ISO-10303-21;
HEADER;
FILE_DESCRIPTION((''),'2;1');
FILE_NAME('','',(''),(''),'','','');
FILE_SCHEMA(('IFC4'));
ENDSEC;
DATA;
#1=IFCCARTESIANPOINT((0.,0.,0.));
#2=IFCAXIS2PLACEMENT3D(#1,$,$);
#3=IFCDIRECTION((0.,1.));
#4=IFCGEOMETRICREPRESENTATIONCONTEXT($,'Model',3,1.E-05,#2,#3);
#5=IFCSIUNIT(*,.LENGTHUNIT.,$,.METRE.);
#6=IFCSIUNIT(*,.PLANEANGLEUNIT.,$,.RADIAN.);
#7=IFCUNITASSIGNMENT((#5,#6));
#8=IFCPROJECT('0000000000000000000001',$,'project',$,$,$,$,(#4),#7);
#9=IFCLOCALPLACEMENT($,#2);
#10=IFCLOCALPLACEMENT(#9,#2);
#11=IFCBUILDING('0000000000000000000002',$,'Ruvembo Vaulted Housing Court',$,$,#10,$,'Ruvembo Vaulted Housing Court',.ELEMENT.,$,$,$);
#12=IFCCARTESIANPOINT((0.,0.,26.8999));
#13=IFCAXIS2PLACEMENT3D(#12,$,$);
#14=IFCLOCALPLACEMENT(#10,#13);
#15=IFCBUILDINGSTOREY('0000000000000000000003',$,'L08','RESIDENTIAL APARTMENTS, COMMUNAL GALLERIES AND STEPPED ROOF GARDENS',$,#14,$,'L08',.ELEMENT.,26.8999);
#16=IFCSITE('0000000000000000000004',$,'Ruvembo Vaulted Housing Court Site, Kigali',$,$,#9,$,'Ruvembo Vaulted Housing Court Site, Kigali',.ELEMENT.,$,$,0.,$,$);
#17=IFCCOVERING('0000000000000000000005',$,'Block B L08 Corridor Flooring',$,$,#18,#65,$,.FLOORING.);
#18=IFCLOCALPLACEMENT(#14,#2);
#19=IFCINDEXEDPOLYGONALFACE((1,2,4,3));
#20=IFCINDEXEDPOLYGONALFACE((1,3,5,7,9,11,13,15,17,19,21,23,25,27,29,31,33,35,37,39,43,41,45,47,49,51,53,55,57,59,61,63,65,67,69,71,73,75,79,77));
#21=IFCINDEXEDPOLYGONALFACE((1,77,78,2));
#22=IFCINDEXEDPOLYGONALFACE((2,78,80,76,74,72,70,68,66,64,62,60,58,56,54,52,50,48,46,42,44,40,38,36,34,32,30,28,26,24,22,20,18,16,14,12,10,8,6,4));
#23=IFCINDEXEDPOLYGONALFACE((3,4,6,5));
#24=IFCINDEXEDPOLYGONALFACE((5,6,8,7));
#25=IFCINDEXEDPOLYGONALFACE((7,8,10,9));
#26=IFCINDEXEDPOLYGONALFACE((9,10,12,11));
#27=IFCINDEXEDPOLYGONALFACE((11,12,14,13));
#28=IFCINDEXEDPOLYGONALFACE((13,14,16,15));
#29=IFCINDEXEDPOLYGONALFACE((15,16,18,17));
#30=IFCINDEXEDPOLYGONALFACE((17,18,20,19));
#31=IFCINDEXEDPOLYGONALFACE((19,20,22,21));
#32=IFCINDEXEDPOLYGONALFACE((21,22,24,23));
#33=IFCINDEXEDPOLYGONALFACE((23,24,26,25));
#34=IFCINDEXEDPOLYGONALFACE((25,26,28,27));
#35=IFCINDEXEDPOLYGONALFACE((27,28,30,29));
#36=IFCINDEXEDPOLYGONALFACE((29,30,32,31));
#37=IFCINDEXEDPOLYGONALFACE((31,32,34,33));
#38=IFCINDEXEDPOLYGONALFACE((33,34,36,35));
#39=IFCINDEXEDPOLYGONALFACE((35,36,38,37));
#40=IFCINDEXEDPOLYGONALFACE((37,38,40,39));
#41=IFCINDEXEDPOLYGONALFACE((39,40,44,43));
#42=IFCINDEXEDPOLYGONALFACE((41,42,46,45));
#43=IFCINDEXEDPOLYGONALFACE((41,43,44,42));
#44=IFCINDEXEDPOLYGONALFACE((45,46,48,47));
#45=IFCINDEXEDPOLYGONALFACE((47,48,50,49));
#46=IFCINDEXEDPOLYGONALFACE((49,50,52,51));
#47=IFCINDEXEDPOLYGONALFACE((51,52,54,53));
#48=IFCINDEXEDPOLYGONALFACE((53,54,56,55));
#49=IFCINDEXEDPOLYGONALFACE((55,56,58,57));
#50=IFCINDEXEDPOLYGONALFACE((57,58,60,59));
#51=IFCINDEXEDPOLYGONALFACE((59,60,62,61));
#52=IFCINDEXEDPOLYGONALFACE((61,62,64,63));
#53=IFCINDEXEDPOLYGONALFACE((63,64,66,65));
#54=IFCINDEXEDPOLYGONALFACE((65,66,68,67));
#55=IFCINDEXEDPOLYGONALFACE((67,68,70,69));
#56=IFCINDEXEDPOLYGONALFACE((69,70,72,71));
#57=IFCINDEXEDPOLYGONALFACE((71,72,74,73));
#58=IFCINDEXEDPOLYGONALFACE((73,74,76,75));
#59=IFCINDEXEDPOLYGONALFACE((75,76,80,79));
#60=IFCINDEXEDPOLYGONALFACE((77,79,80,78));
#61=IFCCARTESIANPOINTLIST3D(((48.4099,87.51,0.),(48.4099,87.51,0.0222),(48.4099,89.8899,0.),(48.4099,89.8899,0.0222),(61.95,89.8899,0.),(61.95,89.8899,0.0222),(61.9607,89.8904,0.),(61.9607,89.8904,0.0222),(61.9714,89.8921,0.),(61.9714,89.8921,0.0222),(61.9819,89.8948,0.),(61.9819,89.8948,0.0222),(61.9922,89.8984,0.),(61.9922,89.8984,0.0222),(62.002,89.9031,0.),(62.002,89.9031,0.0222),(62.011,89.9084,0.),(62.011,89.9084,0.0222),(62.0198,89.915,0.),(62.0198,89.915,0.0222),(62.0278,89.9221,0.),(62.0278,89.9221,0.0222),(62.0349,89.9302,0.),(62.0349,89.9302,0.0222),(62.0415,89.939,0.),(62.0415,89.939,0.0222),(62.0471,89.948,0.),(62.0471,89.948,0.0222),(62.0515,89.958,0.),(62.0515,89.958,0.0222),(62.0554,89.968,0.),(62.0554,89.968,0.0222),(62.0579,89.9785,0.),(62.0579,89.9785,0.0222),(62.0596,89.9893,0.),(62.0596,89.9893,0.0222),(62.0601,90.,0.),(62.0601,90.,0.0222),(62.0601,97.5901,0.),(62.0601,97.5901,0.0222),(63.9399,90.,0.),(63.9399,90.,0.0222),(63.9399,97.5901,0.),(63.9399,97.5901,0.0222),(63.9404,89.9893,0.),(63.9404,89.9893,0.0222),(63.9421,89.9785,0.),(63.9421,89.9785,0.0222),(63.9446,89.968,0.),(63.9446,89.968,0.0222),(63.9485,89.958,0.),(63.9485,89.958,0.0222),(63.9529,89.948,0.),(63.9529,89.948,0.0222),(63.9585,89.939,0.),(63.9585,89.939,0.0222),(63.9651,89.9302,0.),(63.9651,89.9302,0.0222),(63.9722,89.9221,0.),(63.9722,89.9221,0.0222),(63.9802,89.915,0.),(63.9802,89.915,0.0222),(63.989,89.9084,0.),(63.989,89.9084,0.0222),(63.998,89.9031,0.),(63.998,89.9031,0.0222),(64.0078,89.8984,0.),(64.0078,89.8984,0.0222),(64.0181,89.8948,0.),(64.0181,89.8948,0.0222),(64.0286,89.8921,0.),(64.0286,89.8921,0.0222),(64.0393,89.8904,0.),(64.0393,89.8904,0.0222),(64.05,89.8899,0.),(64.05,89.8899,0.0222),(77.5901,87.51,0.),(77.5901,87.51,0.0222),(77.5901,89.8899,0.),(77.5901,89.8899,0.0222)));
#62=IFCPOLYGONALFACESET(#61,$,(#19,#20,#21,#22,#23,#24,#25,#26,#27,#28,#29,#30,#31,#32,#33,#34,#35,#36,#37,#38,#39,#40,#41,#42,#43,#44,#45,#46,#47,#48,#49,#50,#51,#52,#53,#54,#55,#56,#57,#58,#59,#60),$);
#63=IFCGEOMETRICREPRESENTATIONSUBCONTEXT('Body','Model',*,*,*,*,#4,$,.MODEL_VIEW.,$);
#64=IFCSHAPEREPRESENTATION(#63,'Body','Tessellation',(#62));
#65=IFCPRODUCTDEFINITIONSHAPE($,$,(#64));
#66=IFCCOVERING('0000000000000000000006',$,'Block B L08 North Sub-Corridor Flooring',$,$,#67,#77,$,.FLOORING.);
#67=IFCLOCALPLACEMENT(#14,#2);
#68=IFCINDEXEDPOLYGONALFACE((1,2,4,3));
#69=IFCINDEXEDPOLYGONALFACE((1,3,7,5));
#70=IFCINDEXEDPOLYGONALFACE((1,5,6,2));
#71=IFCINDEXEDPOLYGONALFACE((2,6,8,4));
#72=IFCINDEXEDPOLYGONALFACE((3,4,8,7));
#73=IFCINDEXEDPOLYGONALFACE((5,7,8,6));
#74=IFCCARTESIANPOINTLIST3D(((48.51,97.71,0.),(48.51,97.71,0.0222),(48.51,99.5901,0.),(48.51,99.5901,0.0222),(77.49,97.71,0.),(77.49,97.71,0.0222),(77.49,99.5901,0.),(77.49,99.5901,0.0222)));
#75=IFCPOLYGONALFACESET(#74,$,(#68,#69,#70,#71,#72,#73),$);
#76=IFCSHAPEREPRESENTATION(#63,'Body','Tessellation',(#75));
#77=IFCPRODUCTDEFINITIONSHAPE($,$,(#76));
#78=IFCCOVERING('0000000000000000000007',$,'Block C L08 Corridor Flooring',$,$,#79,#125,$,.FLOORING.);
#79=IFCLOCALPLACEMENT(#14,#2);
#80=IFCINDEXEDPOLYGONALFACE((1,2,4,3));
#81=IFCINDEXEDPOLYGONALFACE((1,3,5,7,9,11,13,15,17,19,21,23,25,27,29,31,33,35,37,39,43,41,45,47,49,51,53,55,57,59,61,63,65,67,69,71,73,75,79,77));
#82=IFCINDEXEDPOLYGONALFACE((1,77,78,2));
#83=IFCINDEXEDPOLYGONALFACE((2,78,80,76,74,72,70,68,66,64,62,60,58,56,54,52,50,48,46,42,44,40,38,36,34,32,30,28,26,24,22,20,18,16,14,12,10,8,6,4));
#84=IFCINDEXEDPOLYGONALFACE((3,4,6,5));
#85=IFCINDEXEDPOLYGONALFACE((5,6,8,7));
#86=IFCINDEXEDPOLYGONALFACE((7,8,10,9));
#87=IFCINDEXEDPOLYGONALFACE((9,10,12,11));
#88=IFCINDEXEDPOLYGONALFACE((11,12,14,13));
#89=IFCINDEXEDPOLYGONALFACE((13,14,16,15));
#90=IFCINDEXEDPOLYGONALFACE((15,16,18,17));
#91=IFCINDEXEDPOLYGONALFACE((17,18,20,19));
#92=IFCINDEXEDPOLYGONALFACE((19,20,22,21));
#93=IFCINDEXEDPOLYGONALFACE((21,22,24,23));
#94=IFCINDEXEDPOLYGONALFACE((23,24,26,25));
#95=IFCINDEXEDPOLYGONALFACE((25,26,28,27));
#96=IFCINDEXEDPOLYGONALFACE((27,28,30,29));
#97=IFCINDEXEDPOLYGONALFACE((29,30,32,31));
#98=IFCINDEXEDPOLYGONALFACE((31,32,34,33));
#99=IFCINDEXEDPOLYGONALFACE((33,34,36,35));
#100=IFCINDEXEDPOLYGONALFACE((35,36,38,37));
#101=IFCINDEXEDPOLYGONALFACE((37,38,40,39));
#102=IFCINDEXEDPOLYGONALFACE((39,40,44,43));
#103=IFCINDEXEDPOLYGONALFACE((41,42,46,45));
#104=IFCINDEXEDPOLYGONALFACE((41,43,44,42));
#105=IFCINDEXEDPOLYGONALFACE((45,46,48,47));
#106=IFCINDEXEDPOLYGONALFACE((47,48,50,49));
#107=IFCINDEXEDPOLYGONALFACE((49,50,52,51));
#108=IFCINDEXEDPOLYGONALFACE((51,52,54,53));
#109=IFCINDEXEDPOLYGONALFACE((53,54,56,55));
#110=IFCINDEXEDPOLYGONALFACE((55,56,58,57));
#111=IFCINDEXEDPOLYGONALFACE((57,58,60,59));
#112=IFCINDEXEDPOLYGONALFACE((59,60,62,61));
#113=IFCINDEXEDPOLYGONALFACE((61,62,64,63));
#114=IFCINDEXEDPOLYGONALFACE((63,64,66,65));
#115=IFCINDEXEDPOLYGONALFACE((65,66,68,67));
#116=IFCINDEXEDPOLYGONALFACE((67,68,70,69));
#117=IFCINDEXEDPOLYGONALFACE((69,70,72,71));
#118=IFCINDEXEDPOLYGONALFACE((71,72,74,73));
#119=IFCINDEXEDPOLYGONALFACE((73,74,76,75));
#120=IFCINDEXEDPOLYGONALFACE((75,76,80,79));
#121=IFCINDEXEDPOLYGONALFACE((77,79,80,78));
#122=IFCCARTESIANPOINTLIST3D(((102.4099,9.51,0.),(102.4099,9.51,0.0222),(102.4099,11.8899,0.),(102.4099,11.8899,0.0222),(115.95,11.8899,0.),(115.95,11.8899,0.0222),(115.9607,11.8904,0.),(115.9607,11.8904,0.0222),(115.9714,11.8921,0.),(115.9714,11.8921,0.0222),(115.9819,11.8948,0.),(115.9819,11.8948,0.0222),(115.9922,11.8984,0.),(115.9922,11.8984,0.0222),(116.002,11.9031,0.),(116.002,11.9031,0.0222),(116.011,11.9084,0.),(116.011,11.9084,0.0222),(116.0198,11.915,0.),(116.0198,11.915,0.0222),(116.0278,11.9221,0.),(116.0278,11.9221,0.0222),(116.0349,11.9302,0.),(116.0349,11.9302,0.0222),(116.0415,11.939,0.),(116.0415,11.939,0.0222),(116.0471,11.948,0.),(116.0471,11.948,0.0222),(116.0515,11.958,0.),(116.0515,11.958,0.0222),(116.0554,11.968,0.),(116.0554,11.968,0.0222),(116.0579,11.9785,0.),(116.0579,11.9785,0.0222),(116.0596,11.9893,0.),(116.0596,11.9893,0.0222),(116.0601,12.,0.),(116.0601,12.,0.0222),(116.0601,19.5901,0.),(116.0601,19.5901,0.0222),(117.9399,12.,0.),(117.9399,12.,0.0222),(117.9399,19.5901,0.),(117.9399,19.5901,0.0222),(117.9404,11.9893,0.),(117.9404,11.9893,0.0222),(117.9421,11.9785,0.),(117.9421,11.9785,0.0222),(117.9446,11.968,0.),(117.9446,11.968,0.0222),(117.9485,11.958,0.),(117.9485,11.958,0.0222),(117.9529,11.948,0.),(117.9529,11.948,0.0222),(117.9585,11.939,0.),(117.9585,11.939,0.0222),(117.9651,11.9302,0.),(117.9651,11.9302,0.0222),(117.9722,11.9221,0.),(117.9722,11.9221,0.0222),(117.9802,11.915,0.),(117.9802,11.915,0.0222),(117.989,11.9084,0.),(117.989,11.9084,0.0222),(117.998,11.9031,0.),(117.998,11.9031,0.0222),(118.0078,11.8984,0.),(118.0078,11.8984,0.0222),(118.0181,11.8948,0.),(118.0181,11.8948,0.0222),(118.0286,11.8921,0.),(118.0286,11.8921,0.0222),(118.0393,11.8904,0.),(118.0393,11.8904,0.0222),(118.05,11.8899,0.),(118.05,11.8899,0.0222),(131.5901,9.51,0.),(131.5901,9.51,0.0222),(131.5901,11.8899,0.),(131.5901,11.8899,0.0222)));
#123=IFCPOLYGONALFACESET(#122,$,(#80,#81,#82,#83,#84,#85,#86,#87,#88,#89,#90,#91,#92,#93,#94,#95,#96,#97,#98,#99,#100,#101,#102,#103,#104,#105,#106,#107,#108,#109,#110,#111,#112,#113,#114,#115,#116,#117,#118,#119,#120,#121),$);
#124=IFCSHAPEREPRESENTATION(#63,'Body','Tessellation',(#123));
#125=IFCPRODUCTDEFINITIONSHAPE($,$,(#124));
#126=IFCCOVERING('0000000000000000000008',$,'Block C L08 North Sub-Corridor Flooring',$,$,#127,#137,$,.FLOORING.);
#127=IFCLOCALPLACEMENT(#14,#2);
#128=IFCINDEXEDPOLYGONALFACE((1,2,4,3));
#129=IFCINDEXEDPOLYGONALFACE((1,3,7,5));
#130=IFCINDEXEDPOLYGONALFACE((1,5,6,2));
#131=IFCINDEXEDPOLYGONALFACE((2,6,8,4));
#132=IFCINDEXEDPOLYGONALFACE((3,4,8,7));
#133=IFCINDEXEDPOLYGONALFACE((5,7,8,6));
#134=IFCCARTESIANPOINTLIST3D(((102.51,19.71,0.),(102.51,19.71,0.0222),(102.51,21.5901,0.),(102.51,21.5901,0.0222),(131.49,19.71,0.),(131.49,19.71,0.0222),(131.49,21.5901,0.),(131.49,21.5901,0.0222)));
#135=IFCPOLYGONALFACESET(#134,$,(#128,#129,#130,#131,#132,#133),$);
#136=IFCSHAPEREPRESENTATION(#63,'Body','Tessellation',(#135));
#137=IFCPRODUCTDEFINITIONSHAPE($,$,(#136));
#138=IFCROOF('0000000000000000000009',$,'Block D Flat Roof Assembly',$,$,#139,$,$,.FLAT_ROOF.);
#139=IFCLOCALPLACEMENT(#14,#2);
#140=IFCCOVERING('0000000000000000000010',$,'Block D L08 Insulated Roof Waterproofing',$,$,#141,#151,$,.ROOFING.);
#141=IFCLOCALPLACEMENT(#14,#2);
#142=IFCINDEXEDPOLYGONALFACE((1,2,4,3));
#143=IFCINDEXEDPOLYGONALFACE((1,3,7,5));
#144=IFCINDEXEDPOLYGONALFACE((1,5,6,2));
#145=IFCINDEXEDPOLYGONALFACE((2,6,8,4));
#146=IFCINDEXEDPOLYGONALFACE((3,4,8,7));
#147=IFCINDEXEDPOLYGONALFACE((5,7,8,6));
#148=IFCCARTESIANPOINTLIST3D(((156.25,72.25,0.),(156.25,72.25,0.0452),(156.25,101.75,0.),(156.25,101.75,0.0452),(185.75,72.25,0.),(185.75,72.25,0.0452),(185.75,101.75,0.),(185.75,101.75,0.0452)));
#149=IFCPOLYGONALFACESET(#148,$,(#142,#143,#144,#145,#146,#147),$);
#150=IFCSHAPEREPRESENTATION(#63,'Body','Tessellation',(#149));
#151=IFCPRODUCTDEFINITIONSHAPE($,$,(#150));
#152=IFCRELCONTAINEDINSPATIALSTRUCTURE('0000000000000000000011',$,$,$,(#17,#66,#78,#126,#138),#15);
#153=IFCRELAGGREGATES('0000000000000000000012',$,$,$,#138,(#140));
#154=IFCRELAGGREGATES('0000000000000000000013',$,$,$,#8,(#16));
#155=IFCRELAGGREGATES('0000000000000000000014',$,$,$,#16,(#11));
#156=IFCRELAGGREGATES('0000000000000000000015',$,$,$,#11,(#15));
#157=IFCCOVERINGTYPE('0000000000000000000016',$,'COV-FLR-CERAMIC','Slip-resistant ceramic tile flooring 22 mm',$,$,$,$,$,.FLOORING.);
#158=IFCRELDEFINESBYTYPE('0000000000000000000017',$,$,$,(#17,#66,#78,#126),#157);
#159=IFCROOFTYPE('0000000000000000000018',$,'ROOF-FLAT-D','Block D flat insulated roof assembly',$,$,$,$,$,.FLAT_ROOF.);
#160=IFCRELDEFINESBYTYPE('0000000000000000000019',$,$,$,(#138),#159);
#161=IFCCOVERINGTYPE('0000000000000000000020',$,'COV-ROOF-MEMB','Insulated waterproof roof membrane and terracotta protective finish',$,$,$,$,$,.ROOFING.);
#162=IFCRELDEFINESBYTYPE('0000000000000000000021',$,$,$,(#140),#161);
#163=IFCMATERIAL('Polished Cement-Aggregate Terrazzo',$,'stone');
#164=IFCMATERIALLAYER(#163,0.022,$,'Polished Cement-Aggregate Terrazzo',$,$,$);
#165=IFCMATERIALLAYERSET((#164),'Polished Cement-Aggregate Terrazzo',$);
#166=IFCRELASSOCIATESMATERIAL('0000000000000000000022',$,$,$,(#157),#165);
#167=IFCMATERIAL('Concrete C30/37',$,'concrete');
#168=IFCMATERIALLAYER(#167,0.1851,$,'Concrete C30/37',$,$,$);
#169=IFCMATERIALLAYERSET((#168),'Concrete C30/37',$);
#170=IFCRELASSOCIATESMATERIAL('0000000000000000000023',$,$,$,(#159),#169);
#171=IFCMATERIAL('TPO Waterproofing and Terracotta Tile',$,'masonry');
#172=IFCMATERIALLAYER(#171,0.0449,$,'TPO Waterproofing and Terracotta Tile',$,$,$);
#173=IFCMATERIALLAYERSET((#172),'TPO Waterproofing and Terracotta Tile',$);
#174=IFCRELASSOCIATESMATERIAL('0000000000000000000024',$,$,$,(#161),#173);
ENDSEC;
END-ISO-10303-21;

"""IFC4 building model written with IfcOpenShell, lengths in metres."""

from ifc_helpers import new_model, si_unit, direction, frame, origin, place, context, subcontext, project, spatial, polyline, outline, extrude, material, layer, layer_set, type_object, element, aggregate, save


model = new_model("IFC4")

# Units and contexts
model_context = context("Model", 3, precision=1e-05, world=origin(), true_north=direction((0.0, 1.0)))
body_context = subcontext(model_context, "Body", "Model", "MODEL_VIEW")
ifc_project = project(units=[si_unit("LENGTHUNIT", "METRE"), si_unit("PLANEANGLEUNIT", "RADIAN")], contexts=[model_context])

# Site, building, storey
site_placement = place(None, origin())
site = spatial("IfcSite", under=ifc_project, at=site_placement, Name="Ruvembo Vaulted Housing Court Site, Kigali", LongName="Ruvembo Vaulted Housing Court Site, Kigali", CompositionType="ELEMENT", RefElevation=0.0)
building_placement = place(site_placement, origin())
building = spatial("IfcBuilding", under=site, at=building_placement, Name="Ruvembo Vaulted Housing Court", LongName="Ruvembo Vaulted Housing Court", CompositionType="ELEMENT")
storey_placement = place(building_placement, frame((0.0, 0.0, 26.8999)))
storey = spatial("IfcBuildingStorey", under=building, at=storey_placement, Name="L08", Description="RESIDENTIAL APARTMENTS, COMMUNAL GALLERIES AND STEPPED ROOF GARDENS", LongName="L08", CompositionType="ELEMENT", Elevation=26.8999)

# Shared definitions
ifc_material_1 = material(Name="Concrete C30/37", Category="concrete")

# Coverings
ifc_material_2 = material(Name="Polished Cement-Aggregate Terrazzo", Category="stone")
ifc_layer_1 = layer(ifc_material_2, 0.022, Name="Polished Cement-Aggregate Terrazzo")
ifc_layer_set_1 = layer_set([ifc_layer_1], Name="Polished Cement-Aggregate Terrazzo")
covering_type_1 = type_object("IfcCoveringType", Name="COV-FLR-CERAMIC", Description="Slip-resistant ceramic tile flooring 22 mm", PredefinedType="FLOORING", material=ifc_layer_set_1)
covering_1_placement = place(storey_placement, origin())
element("IfcCovering", 1, at=covering_1_placement, inside=storey, type_object=covering_type_1, Name="Block B L08 Corridor Flooring", PredefinedType="FLOORING", context=body_context, shape_type="SweptSolid", body=[
    extrude(outline(polyline([(77.5901, 87.51), (77.5901, 89.8899), (64.05, 89.8899), (64.0393, 89.8904), (64.0286, 89.8921), (64.0181, 89.8948), (64.0078, 89.8984), (63.998, 89.9031), (63.989, 89.9084), (63.9802, 89.915), (63.9722, 89.9221), (63.9651, 89.9302), (63.9585, 89.939), (63.9529, 89.948), (63.9485, 89.958), (63.9446, 89.968), (63.9421, 89.9785), (63.9404, 89.9893), (63.9399, 90.0), (63.9399, 97.5901), (62.0601, 97.5901), (62.0601, 90.0), (62.0596, 89.9893), (62.0579, 89.9785), (62.0554, 89.968), (62.0515, 89.958), (62.0471, 89.948), (62.0415, 89.939), (62.0349, 89.9302), (62.0278, 89.9221), (62.0198, 89.915), (62.011, 89.9084), (62.002, 89.9031), (61.9922, 89.8984), (61.9819, 89.8948), (61.9714, 89.8921), (61.9607, 89.8904), (61.95, 89.8899), (48.4099, 89.8899), (48.4099, 87.51), (77.5901, 87.51)])), origin(), (0.0, 0.0, 1.0), 0.0222),
])
covering_2_placement = place(storey_placement, origin())
element("IfcCovering", 2, at=covering_2_placement, inside=storey, type_object=covering_type_1, Name="Block B L08 North Sub-Corridor Flooring", PredefinedType="FLOORING", context=body_context, shape_type="SweptSolid", body=[
    extrude(outline(polyline([(48.51, 97.71), (77.49, 97.71), (77.49, 99.5901), (48.51, 99.5901), (48.51, 97.71)])), origin(), (0.0, 0.0, 1.0), 0.0222),
])
covering_3_placement = place(storey_placement, origin())
element("IfcCovering", 3, at=covering_3_placement, inside=storey, type_object=covering_type_1, Name="Block C L08 Corridor Flooring", PredefinedType="FLOORING", context=body_context, shape_type="SweptSolid", body=[
    extrude(outline(polyline([(131.5901, 9.51), (131.5901, 11.8899), (118.05, 11.8899), (118.0393, 11.8904), (118.0286, 11.8921), (118.0181, 11.8948), (118.0078, 11.8984), (117.998, 11.9031), (117.989, 11.9084), (117.9802, 11.915), (117.9722, 11.9221), (117.9651, 11.9302), (117.9585, 11.939), (117.9529, 11.948), (117.9485, 11.958), (117.9446, 11.968), (117.9421, 11.9785), (117.9404, 11.9893), (117.9399, 12.0), (117.9399, 19.5901), (116.0601, 19.5901), (116.0601, 12.0), (116.0596, 11.9893), (116.0579, 11.9785), (116.0554, 11.968), (116.0515, 11.958), (116.0471, 11.948), (116.0415, 11.939), (116.0349, 11.9302), (116.0278, 11.9221), (116.0198, 11.915), (116.011, 11.9084), (116.002, 11.9031), (115.9922, 11.8984), (115.9819, 11.8948), (115.9714, 11.8921), (115.9607, 11.8904), (115.95, 11.8899), (102.4099, 11.8899), (102.4099, 9.51), (131.5901, 9.51)])), origin(), (0.0, 0.0, 1.0), 0.0222),
])
covering_4_placement = place(storey_placement, origin())
element("IfcCovering", 4, at=covering_4_placement, inside=storey, type_object=covering_type_1, Name="Block C L08 North Sub-Corridor Flooring", PredefinedType="FLOORING", context=body_context, shape_type="SweptSolid", body=[
    extrude(outline(polyline([(102.51, 19.71), (131.49, 19.71), (131.49, 21.5901), (102.51, 21.5901), (102.51, 19.71)])), origin(), (0.0, 0.0, 1.0), 0.0222),
])

# Roof, covering
ifc_layer_2 = layer(ifc_material_1, 0.1851, Name="Concrete C30/37")
ifc_layer_set_2 = layer_set([ifc_layer_2], Name="Concrete C30/37")
roof_type = type_object("IfcRoofType", Name="ROOF-FLAT-D", Description="Block D flat insulated roof assembly", PredefinedType="FLAT_ROOF", material=ifc_layer_set_2)
roof_placement = place(storey_placement, origin())
roof = element("IfcRoof", 5, at=roof_placement, inside=storey, type_object=roof_type, Name="Block D Flat Roof Assembly", PredefinedType="FLAT_ROOF")
ifc_material_3 = material(Name="TPO Waterproofing and Terracotta Tile", Category="masonry")
ifc_layer_3 = layer(ifc_material_3, 0.0449, Name="TPO Waterproofing and Terracotta Tile")
ifc_layer_set_3 = layer_set([ifc_layer_3], Name="TPO Waterproofing and Terracotta Tile")
covering_type_2 = type_object("IfcCoveringType", Name="COV-ROOF-MEMB", Description="Insulated waterproof roof membrane and terracotta protective finish", PredefinedType="ROOFING", material=ifc_layer_set_3)
covering_5_placement = place(storey_placement, origin())
covering_5 = element("IfcCovering", 6, at=covering_5_placement, type_object=covering_type_2, Name="Block D L08 Insulated Roof Waterproofing", PredefinedType="ROOFING", context=body_context, shape_type="SweptSolid", body=[
    extrude(outline(polyline([(156.25, 72.25), (185.75, 72.25), (185.75, 101.75), (156.25, 101.75), (156.25, 72.25)])), origin(), (0.0, 0.0, 1.0), 0.0452),
])
aggregate(roof, [covering_5])

save(model, "model.ifc")
